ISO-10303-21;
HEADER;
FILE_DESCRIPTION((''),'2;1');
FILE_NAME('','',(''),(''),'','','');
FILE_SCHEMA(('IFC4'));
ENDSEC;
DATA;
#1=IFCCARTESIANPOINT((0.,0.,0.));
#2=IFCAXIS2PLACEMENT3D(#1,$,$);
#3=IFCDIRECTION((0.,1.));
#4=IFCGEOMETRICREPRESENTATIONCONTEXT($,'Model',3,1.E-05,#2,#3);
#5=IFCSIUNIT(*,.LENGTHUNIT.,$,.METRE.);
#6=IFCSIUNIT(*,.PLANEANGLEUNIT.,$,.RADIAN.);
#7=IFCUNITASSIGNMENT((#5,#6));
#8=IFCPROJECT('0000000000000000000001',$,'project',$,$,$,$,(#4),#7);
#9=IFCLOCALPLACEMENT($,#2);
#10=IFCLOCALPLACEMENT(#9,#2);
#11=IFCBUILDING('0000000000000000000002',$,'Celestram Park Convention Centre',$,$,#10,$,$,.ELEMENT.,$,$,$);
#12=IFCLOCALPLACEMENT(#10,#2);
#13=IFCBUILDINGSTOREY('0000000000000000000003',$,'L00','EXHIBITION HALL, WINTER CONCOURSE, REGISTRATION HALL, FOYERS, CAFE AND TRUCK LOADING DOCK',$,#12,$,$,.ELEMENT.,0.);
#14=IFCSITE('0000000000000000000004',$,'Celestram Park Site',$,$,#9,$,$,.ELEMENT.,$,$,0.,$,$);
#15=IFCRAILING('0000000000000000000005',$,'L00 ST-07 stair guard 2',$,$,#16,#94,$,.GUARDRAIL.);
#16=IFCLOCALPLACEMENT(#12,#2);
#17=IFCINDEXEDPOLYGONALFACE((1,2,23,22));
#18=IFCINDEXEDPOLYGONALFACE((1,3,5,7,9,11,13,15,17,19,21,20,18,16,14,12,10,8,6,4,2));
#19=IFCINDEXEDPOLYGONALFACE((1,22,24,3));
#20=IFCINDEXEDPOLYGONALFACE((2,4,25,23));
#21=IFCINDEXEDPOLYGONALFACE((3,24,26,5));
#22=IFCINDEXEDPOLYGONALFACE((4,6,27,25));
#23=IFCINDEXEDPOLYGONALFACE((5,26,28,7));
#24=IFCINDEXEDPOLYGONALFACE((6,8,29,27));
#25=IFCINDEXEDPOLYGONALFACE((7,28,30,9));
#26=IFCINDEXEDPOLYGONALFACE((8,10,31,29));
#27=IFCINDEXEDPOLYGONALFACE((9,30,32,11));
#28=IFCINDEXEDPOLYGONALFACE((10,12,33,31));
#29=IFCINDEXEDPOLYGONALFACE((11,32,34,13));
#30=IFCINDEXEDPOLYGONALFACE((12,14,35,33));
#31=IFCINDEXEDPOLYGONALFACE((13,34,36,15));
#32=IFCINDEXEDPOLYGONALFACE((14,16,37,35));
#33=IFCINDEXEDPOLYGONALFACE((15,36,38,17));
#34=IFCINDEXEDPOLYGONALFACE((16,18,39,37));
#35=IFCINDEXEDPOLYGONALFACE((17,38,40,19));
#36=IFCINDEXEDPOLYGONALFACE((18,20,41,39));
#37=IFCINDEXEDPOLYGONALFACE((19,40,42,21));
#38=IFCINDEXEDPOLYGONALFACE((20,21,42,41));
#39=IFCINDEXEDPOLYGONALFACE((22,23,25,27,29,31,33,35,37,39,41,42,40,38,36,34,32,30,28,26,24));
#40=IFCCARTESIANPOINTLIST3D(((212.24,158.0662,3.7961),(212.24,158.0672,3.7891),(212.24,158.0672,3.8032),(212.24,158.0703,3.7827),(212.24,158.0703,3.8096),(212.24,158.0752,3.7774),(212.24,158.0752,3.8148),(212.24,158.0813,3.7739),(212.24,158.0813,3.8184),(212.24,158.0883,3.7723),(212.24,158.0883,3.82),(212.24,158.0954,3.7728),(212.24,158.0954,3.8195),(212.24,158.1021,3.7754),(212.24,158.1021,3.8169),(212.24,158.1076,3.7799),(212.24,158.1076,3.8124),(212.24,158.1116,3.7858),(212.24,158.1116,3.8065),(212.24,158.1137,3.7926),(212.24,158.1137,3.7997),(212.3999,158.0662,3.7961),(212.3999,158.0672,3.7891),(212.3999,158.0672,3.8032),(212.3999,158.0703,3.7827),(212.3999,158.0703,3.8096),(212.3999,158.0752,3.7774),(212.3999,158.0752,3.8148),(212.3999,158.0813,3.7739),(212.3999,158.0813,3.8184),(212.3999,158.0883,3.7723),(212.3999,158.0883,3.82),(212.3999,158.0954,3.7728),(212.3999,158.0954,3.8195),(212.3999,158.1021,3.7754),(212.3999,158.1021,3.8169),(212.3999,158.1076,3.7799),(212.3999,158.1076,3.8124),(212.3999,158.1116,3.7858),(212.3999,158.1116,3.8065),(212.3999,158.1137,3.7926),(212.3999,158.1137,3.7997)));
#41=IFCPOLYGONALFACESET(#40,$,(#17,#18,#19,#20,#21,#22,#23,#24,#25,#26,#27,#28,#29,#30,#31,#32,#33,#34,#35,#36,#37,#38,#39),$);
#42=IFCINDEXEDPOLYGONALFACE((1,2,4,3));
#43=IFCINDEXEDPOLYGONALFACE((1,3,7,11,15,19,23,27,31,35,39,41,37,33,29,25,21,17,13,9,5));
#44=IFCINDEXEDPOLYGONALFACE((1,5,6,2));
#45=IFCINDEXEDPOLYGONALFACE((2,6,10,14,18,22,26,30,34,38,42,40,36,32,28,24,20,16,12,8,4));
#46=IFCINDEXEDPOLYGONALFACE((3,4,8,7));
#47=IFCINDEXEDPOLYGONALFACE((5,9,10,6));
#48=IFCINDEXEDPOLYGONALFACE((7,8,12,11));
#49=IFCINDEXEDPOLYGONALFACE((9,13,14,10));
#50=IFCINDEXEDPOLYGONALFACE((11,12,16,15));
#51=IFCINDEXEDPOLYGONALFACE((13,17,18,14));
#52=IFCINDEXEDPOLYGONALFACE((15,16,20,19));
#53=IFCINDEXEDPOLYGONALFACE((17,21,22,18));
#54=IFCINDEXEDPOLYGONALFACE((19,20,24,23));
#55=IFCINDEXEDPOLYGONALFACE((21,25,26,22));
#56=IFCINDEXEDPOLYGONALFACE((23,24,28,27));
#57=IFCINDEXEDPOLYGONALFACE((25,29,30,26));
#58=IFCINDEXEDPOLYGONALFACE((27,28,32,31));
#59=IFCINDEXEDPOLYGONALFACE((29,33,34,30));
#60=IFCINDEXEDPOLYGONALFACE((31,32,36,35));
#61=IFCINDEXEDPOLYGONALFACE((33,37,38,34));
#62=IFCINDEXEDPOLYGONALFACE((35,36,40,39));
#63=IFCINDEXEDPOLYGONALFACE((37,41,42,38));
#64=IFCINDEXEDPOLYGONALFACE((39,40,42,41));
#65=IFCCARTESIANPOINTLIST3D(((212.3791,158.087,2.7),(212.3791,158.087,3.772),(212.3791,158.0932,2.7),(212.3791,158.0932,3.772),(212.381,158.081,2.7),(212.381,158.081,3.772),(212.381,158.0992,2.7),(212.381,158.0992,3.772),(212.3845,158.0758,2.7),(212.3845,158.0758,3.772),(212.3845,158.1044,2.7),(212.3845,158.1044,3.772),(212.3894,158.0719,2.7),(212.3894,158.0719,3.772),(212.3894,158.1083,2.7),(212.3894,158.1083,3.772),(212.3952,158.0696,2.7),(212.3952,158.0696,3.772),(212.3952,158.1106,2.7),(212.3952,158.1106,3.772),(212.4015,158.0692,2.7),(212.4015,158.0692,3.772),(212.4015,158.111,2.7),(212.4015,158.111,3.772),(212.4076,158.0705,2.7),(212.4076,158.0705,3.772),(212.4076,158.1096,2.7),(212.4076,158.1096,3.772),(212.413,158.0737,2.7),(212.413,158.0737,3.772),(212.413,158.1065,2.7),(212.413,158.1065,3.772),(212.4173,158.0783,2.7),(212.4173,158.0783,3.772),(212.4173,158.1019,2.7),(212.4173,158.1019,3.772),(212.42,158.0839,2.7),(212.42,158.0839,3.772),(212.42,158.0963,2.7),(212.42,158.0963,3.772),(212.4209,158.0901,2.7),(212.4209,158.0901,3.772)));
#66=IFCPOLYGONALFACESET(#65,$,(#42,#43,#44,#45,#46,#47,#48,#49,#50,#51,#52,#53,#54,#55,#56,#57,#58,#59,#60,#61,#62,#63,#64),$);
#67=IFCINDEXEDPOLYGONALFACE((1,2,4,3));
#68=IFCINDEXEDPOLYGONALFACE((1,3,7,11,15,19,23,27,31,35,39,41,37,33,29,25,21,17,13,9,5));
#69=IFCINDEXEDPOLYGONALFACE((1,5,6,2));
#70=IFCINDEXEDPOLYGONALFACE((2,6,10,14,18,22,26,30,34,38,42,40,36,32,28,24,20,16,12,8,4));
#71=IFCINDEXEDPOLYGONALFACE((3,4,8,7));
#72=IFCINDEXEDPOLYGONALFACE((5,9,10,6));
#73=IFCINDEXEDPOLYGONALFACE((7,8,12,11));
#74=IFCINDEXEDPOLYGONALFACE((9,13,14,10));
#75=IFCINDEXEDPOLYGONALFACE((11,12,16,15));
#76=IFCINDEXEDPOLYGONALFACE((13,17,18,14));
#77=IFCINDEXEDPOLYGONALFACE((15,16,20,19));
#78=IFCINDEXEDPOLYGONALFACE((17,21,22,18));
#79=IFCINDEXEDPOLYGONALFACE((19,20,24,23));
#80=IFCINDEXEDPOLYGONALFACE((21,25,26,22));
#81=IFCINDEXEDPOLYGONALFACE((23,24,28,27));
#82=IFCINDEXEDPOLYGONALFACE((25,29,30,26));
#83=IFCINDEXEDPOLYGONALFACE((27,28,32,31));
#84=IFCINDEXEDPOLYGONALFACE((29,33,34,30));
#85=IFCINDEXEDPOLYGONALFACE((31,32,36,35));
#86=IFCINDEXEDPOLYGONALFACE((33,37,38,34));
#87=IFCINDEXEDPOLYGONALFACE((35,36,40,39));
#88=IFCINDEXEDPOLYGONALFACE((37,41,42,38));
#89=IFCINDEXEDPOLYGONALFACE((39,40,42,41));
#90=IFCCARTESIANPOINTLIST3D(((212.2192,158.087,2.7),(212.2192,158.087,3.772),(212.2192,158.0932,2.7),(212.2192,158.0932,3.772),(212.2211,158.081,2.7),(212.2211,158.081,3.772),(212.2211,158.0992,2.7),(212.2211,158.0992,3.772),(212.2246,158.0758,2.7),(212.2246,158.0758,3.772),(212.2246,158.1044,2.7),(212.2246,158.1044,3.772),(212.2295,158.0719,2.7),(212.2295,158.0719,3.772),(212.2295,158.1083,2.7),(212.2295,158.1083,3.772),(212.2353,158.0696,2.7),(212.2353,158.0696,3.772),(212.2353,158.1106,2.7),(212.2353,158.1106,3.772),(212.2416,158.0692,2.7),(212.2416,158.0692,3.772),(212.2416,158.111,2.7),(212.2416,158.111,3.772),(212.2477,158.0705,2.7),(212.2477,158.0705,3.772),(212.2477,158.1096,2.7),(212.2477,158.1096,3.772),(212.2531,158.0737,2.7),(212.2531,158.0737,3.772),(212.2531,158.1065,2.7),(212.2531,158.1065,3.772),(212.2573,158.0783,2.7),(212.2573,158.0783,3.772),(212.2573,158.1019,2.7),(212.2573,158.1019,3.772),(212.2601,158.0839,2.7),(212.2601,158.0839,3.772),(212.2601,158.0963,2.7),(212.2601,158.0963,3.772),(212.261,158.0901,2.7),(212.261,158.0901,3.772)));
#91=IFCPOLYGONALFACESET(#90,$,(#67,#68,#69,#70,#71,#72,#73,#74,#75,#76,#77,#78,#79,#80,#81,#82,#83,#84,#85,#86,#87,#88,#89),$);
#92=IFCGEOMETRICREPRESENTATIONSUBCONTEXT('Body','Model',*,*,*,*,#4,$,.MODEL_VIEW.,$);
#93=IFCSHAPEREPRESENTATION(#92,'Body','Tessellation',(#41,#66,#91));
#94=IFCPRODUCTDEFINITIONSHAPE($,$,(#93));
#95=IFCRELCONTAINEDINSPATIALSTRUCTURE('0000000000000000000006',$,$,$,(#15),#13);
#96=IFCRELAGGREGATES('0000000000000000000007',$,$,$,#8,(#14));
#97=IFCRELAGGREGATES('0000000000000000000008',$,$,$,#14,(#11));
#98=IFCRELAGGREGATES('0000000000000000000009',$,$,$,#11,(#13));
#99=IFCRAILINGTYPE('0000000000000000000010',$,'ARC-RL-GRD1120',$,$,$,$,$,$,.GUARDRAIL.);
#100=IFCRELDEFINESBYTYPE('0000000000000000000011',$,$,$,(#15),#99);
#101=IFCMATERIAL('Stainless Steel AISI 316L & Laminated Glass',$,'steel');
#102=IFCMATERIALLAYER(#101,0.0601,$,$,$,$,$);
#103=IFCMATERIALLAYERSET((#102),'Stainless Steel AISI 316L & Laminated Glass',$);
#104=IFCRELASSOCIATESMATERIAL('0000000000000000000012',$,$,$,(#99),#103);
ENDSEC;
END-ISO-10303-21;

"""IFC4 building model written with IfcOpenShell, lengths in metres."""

from ifc_helpers import new_model, si_unit, direction, frame, origin, origin_2d, place, context, subcontext, project, spatial, circle, extrude, material, layer, layer_set, type_object, element, save


model = new_model("IFC4")

# Units and contexts
model_context = context("Model", 3, precision=1e-05, world=origin(), true_north=direction((0.0, 1.0)))
body_context = subcontext(model_context, "Body", "Model", "MODEL_VIEW")
ifc_project = project(units=[si_unit("LENGTHUNIT", "METRE"), si_unit("PLANEANGLEUNIT", "RADIAN")], contexts=[model_context])

# Site, building, storey
site_placement = place(None, origin())
site = spatial("IfcSite", under=ifc_project, at=site_placement, Name="Celestram Park Site", CompositionType="ELEMENT", RefElevation=0.0)
building_placement = place(site_placement, origin())
building = spatial("IfcBuilding", under=site, at=building_placement, Name="Celestram Park Convention Centre", CompositionType="ELEMENT")
storey_placement = place(building_placement, origin())
storey = spatial("IfcBuildingStorey", under=building, at=storey_placement, Name="L00", Description="EXHIBITION HALL, WINTER CONCOURSE, REGISTRATION HALL, FOYERS, CAFE AND TRUCK LOADING DOCK", CompositionType="ELEMENT", Elevation=0.0)

# Railing
ifc_material_1 = material(Name="Stainless Steel AISI 316L & Laminated Glass", Category="steel")
ifc_layer_1 = layer(ifc_material_1, 0.0601)
ifc_layer_set_1 = layer_set([ifc_layer_1], Name="Stainless Steel AISI 316L & Laminated Glass")
railing_type_1 = type_object("IfcRailingType", Name="ARC-RL-GRD1120", PredefinedType="GUARDRAIL", material=ifc_layer_set_1)
railing_1_placement = place(storey_placement, frame((212.3999, 158.0901, 2.7)))
element("IfcRailing", 1, at=railing_1_placement, inside=storey, type_object=railing_type_1, Name="L00 ST-07 stair guard 2", PredefinedType="GUARDRAIL", context=body_context, shape_type="SweptSolid", body=[
    extrude(circle(Radius=0.0239, at=origin_2d()), frame((0.0, 0.0, 1.0962), z_axis=(-1.0, 0.0, 0.0), x_axis=(0.0, -1.0, 0.0)), (0.0, 0.0, 1.0), 0.1599),
    extrude(circle(Radius=0.021, at=origin_2d()), origin(), (0.0, 0.0, 1.0), 1.072),
    extrude(circle(Radius=0.021, at=origin_2d()), frame((-0.1599, 0.0, 0.0)), (0.0, 0.0, 1.0), 1.072),
])

save(model, "model.ifc")
